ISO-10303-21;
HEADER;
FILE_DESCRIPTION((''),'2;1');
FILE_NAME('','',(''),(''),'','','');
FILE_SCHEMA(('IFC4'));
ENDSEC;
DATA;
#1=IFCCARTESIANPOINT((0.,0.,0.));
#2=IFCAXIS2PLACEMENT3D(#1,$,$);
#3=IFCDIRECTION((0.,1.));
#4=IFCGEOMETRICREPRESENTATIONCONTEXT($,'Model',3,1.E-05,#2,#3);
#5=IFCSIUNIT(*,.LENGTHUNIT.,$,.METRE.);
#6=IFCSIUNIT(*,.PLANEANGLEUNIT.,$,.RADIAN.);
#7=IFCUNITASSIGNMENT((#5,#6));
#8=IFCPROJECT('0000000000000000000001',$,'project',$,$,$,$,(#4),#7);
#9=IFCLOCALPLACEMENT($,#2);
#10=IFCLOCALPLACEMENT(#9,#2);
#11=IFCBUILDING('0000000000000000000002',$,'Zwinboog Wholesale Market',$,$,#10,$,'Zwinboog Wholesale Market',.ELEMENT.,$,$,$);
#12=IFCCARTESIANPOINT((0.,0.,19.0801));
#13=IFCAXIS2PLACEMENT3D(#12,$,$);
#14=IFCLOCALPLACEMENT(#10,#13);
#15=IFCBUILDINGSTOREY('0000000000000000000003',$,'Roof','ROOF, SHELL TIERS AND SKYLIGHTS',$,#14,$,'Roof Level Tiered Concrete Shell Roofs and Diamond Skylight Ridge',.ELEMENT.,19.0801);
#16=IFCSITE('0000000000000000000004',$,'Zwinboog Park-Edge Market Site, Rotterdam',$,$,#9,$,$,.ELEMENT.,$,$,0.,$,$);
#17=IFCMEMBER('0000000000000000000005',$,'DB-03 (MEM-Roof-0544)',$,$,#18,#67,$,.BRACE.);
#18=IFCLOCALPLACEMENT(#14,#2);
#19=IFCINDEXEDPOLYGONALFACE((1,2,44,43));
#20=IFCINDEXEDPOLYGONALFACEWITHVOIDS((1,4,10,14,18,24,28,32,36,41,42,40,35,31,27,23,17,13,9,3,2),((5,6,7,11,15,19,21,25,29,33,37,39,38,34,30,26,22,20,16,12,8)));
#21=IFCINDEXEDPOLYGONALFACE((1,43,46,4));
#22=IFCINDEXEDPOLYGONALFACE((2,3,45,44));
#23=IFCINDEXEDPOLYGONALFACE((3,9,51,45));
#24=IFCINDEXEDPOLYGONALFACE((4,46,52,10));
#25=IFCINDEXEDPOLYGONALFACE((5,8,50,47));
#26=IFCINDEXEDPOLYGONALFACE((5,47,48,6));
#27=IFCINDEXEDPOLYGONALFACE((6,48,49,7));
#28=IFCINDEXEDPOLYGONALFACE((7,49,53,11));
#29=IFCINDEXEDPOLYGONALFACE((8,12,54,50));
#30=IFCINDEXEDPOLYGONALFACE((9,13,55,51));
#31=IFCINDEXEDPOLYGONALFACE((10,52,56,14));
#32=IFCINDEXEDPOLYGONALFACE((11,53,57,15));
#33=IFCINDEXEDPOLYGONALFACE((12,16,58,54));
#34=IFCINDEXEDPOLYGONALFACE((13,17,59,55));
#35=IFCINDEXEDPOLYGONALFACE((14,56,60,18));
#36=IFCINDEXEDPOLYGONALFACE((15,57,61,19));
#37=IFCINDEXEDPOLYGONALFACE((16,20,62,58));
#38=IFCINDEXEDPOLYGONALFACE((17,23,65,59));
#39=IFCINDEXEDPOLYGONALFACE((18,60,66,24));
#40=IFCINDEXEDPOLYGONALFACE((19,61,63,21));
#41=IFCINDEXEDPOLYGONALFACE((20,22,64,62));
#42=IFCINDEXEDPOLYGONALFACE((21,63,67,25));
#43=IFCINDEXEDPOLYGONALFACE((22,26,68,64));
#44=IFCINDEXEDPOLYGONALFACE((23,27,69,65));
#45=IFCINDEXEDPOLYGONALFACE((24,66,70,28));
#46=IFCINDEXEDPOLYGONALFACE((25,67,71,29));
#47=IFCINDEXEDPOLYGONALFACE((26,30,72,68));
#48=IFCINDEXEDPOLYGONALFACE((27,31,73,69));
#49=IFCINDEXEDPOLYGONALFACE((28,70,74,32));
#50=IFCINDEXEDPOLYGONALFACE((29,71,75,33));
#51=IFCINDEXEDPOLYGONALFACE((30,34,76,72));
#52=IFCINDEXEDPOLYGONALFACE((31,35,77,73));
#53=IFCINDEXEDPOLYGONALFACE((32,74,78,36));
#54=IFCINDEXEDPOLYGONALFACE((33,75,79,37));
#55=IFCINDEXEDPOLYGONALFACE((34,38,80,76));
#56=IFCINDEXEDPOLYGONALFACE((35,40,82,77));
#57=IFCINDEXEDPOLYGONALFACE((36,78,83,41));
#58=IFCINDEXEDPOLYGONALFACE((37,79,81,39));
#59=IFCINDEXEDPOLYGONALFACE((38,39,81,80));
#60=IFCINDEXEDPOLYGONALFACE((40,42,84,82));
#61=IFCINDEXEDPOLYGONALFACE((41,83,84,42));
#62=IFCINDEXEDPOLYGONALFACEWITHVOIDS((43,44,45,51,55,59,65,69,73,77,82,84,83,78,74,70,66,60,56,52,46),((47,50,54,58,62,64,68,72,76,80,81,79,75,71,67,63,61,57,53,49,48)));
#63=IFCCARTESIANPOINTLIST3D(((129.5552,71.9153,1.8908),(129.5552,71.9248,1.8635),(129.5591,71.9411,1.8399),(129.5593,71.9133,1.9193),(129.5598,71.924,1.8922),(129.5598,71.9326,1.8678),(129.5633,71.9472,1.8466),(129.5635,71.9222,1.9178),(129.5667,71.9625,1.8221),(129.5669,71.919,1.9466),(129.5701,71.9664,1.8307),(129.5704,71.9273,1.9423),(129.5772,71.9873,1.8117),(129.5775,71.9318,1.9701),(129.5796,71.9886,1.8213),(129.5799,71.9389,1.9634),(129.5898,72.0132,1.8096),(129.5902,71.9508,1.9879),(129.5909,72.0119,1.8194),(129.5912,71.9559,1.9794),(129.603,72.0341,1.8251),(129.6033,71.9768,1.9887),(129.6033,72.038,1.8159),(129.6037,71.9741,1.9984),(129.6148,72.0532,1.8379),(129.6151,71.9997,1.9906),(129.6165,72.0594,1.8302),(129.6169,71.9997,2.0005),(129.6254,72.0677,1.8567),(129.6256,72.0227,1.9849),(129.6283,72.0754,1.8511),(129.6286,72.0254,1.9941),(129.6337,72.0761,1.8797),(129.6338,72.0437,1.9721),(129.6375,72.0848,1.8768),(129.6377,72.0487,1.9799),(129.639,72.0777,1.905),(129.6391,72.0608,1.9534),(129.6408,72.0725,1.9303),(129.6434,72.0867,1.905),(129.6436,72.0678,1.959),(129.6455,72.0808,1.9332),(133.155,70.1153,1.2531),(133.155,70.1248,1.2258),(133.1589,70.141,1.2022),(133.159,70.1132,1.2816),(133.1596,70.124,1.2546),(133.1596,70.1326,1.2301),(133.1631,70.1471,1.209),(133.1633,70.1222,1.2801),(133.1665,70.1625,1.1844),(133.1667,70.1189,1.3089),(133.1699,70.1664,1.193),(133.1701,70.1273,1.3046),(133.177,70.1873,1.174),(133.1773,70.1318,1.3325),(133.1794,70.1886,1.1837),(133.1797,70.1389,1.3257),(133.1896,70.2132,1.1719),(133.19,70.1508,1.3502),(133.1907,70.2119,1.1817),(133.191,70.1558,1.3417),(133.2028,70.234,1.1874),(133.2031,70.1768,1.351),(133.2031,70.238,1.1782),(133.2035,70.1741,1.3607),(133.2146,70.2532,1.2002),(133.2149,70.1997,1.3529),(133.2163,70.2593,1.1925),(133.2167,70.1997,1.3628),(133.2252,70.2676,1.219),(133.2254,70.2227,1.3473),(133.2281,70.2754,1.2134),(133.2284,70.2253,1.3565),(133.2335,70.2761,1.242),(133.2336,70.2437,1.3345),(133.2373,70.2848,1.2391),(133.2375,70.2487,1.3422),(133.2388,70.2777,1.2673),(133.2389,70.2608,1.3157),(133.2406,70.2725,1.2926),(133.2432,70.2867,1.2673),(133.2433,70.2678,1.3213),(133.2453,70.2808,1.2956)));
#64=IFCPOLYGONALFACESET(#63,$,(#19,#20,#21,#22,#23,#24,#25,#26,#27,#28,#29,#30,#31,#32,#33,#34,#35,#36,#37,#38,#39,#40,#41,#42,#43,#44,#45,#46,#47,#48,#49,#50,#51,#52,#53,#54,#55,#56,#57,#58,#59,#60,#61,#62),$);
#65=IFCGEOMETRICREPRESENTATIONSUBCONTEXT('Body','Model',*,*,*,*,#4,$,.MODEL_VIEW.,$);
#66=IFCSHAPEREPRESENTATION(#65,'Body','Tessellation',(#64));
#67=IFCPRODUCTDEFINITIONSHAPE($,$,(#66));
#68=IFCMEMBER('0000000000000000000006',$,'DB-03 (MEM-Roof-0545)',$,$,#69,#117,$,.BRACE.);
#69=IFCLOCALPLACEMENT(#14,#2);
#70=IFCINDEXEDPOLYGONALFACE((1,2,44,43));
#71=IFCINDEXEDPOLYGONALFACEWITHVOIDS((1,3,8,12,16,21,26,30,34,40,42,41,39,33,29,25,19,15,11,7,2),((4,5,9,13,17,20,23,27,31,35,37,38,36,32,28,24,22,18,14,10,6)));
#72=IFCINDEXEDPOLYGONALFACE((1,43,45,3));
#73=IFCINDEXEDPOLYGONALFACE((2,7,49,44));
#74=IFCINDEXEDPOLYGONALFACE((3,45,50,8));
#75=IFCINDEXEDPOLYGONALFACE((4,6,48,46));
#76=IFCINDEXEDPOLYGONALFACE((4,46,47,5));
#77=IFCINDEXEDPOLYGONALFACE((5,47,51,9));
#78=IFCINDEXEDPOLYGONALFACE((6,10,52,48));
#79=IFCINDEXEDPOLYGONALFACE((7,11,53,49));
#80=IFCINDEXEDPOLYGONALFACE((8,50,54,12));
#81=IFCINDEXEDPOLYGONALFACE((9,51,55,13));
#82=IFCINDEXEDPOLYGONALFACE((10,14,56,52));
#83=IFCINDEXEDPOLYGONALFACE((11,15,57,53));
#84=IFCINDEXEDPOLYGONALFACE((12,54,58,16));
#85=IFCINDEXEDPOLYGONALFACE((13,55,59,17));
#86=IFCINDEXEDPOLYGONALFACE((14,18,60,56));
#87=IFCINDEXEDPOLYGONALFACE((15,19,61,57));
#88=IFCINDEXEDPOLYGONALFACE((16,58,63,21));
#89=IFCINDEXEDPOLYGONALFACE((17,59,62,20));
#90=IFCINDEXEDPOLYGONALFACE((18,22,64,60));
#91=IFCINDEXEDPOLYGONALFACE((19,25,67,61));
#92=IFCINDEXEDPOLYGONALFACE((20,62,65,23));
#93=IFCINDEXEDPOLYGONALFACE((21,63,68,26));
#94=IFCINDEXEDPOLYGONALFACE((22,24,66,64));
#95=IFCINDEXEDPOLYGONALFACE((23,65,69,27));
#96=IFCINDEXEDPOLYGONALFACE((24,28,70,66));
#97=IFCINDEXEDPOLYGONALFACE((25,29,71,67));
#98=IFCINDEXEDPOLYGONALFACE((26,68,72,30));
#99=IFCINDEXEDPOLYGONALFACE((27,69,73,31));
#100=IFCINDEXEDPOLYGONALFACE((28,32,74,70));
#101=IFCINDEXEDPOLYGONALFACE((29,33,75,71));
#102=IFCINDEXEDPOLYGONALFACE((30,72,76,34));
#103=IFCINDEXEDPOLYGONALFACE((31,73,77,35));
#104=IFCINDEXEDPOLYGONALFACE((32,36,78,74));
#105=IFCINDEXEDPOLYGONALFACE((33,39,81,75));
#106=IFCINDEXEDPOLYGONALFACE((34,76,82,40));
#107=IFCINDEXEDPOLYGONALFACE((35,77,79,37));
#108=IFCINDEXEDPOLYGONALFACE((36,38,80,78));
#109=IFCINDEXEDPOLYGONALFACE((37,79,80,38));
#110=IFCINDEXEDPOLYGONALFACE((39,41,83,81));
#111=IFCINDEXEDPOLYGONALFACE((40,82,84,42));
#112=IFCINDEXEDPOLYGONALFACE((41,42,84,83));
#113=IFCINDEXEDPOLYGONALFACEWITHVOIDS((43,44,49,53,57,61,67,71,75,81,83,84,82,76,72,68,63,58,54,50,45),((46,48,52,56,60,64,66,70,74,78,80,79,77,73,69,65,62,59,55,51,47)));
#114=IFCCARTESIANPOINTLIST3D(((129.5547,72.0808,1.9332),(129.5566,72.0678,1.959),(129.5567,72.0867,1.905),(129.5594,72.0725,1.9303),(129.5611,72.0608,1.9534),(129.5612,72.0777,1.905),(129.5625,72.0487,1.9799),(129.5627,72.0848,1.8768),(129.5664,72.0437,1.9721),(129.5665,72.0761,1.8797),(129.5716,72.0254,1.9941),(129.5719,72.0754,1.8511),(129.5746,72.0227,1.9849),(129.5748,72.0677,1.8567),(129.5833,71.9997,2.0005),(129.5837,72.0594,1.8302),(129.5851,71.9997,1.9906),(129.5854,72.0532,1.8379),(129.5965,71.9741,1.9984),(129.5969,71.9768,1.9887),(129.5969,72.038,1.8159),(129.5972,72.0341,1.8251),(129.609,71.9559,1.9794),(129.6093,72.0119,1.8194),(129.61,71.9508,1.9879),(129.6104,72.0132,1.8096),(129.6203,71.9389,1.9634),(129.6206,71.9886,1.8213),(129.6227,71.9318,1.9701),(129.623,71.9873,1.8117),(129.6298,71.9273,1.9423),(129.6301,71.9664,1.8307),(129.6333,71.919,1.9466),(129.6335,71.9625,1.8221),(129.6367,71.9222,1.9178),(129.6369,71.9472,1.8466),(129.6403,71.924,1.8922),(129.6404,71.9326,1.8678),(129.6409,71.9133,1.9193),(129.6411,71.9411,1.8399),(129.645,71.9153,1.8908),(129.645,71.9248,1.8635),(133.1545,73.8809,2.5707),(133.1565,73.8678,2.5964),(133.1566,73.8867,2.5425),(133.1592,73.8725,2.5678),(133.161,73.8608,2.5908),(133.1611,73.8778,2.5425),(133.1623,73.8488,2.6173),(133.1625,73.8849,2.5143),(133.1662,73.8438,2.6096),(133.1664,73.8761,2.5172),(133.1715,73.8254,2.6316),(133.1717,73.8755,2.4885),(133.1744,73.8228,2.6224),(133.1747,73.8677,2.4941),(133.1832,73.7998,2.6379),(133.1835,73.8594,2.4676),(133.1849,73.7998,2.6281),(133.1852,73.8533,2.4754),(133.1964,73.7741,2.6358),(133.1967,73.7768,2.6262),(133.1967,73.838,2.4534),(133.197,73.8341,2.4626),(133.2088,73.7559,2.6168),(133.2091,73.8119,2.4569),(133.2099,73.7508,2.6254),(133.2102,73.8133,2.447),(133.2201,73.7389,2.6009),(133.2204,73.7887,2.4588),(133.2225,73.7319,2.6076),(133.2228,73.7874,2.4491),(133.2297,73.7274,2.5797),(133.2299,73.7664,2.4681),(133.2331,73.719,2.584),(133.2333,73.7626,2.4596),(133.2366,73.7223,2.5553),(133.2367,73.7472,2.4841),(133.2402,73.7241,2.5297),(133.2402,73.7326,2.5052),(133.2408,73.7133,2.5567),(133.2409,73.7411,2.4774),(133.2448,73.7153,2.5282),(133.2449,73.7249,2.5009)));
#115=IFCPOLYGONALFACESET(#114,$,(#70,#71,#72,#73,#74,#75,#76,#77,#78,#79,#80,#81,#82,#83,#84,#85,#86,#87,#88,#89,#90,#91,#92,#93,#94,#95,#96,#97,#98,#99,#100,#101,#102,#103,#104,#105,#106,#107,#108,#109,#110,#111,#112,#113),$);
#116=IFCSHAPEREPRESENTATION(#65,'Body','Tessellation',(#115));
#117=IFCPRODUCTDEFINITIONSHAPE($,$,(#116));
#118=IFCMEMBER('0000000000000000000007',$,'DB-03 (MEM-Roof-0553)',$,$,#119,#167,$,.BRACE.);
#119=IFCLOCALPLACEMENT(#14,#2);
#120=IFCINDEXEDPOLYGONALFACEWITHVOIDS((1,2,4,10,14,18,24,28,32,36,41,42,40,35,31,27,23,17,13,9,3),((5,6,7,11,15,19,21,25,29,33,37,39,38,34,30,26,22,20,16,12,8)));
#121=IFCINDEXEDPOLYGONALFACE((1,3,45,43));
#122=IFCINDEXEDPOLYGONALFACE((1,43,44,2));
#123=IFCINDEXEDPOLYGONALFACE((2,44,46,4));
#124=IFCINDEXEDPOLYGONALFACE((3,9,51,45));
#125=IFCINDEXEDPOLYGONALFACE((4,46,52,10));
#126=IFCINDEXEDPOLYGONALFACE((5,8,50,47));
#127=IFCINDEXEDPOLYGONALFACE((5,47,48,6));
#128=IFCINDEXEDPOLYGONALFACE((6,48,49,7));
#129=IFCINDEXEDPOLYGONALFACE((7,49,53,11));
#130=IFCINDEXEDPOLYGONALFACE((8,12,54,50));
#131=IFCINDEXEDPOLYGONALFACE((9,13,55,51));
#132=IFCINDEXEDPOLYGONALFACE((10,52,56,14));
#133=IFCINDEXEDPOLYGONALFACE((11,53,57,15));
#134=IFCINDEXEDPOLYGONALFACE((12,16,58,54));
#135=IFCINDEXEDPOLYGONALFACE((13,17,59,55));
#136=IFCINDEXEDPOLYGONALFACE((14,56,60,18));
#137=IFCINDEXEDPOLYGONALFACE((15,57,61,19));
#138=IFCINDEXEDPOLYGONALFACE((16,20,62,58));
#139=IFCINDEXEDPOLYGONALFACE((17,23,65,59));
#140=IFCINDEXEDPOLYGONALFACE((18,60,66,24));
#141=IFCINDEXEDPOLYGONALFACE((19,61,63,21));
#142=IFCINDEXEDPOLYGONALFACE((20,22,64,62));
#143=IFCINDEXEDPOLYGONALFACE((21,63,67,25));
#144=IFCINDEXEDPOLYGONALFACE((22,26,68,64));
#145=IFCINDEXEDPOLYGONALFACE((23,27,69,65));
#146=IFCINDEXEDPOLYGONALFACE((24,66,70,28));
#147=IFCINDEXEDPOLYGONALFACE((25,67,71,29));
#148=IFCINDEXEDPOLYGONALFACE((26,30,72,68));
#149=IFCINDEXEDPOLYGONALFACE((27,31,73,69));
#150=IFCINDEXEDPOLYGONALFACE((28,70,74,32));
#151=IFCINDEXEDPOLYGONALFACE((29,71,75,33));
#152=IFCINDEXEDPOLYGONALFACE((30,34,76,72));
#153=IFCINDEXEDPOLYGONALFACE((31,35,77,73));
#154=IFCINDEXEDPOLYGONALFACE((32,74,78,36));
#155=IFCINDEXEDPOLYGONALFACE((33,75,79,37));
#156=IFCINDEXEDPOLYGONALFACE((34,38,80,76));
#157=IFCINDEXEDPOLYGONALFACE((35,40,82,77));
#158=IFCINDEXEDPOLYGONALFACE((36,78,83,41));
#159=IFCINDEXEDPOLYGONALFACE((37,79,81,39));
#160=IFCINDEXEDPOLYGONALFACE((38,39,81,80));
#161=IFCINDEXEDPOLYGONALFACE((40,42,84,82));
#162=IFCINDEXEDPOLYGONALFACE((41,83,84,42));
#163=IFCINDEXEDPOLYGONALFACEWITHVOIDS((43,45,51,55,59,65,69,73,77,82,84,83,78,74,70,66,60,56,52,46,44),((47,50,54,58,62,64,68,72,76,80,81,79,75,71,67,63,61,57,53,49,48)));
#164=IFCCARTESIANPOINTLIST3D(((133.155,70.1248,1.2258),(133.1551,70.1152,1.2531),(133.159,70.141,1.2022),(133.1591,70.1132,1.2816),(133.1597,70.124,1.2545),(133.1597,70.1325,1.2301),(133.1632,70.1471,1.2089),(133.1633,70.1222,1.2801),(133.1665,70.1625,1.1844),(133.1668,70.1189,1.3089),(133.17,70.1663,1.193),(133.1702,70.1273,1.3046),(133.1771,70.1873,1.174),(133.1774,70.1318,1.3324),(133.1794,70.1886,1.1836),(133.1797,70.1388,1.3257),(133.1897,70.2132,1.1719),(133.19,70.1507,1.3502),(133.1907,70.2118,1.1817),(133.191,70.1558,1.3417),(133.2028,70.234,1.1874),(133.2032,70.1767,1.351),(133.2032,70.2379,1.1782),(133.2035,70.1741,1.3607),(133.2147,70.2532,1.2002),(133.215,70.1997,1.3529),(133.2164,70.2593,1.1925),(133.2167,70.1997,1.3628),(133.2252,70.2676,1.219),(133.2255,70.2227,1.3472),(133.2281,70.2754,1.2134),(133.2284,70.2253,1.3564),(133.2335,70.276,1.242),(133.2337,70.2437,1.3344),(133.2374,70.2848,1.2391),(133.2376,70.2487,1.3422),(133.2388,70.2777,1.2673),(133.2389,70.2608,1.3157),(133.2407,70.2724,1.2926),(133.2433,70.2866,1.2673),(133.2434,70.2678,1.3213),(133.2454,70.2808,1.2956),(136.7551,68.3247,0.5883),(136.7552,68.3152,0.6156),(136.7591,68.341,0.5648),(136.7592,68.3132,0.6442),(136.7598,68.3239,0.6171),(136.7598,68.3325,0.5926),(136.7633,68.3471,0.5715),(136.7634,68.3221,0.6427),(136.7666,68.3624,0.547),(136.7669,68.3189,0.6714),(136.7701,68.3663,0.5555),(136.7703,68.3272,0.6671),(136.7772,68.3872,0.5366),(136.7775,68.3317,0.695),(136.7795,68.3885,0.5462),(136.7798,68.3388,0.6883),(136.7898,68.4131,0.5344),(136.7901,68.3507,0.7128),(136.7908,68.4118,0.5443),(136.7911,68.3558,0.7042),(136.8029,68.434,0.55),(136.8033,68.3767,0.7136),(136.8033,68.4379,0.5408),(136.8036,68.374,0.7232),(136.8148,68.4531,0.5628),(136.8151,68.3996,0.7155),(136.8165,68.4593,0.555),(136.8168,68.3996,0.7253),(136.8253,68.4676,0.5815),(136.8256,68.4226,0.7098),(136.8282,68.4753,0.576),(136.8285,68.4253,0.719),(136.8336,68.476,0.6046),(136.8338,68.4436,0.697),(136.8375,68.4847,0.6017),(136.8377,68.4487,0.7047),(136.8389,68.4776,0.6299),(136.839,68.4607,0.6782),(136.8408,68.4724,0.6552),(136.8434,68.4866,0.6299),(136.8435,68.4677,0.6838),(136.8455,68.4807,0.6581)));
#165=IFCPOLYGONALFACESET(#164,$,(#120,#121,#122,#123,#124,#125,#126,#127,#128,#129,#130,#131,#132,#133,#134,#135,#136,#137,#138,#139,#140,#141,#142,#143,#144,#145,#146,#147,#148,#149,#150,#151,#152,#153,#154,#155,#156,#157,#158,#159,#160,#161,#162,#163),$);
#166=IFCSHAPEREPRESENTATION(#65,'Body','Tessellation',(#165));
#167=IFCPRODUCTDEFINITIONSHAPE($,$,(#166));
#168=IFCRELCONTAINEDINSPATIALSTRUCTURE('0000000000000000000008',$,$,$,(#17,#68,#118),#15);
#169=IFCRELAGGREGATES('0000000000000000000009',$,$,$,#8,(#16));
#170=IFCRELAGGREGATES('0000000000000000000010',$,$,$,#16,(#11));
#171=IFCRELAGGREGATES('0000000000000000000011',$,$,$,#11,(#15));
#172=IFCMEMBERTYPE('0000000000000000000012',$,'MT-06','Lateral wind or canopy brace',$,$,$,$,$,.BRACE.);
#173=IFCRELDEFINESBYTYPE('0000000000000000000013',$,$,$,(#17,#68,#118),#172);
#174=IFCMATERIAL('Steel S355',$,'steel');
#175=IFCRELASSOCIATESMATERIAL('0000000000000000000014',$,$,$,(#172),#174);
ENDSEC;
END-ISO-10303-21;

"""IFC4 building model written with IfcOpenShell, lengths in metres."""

from ifc_helpers import new_model, si_unit, direction, frame, origin, origin_2d, place, context, subcontext, project, spatial, hollow_circle, extrude, material, material_profile, profile_set, type_object, element, save


model = new_model("IFC4")

# Units and contexts
model_context = context("Model", 3, precision=1e-05, world=origin(), true_north=direction((0.0, 1.0)))
body_context = subcontext(model_context, "Body", "Model", "MODEL_VIEW")
ifc_project = project(units=[si_unit("LENGTHUNIT", "METRE"), si_unit("PLANEANGLEUNIT", "RADIAN")], contexts=[model_context])

# Site, building, storey
site_placement = place(None, origin())
site = spatial("IfcSite", under=ifc_project, at=site_placement, Name="Zwinboog Park-Edge Market Site, Rotterdam", CompositionType="ELEMENT", RefElevation=0.0)
building_placement = place(site_placement, origin())
building = spatial("IfcBuilding", under=site, at=building_placement, Name="Zwinboog Wholesale Market", LongName="Zwinboog Wholesale Market", CompositionType="ELEMENT")
storey_placement = place(building_placement, frame((0.0, 0.0, 19.0801)))
storey = spatial("IfcBuildingStorey", under=building, at=storey_placement, Name="Roof", Description="ROOF, SHELL TIERS AND SKYLIGHTS", LongName="Roof Level Tiered Concrete Shell Roofs and Diamond Skylight Ridge", CompositionType="ELEMENT", Elevation=19.0801)

# Members
ifc_material_1 = material(Name="Steel S355", Category="steel")
ifc_material_profile_1 = material_profile(ifc_material_1, hollow_circle(Radius=0.0969, WallThickness=0.01, at=origin_2d()), Name="CHS 193.7x10")
ifc_profile_set_1 = profile_set([ifc_material_profile_1], Name="Steel S355")
member_type_1 = type_object("IfcMemberType", Name="MT-06", Description="Lateral wind or canopy brace", PredefinedType="BRACE", material=ifc_profile_set_1)
for number, where, z_axis, x_axis, name in (
    (1, (129.6001, 72.0, 1.905), (0.883396, -0.441728, -0.156489), (0.447238, 0.894415, 0.0), "DB-03 (MEM-Roof-0544)"),
    (2, (129.6001, 72.0, 1.905), (0.883404, 0.441732, 0.15643), (-0.447238, 0.894415, 0.0), "DB-03 (MEM-Roof-0545)"),
):
    element("IfcMember", number, at=place(storey_placement, frame(where, z_axis=z_axis, x_axis=x_axis)), inside=storey, type_object=member_type_1, Name=name, PredefinedType="BRACE", context=body_context, shape_type="SweptSolid", body=[
        extrude(hollow_circle(Radius=0.0969, WallThickness=0.01, at=origin_2d()), origin(), (0.0, 0.0, 1.0), 4.075),
    ])
for number, where, z_axis, x_axis, name in (
    (3, (133.2, 70.2, 1.2673), (0.883417, -0.441709, -0.156422), (0.447214, 0.894427, 0.0), "DB-03 (MEM-Roof-0553)"),
):
    element("IfcMember", number, at=place(storey_placement, frame(where, z_axis=z_axis, x_axis=x_axis)), inside=storey, type_object=member_type_1, Name=name, PredefinedType="BRACE", context=body_context, shape_type="SweptSolid", body=[
        extrude(hollow_circle(Radius=0.0969, WallThickness=0.01, at=origin_2d()), origin(), (0.0, 0.0, 1.0), 4.0752),
    ])

save(model, "model.ifc")
